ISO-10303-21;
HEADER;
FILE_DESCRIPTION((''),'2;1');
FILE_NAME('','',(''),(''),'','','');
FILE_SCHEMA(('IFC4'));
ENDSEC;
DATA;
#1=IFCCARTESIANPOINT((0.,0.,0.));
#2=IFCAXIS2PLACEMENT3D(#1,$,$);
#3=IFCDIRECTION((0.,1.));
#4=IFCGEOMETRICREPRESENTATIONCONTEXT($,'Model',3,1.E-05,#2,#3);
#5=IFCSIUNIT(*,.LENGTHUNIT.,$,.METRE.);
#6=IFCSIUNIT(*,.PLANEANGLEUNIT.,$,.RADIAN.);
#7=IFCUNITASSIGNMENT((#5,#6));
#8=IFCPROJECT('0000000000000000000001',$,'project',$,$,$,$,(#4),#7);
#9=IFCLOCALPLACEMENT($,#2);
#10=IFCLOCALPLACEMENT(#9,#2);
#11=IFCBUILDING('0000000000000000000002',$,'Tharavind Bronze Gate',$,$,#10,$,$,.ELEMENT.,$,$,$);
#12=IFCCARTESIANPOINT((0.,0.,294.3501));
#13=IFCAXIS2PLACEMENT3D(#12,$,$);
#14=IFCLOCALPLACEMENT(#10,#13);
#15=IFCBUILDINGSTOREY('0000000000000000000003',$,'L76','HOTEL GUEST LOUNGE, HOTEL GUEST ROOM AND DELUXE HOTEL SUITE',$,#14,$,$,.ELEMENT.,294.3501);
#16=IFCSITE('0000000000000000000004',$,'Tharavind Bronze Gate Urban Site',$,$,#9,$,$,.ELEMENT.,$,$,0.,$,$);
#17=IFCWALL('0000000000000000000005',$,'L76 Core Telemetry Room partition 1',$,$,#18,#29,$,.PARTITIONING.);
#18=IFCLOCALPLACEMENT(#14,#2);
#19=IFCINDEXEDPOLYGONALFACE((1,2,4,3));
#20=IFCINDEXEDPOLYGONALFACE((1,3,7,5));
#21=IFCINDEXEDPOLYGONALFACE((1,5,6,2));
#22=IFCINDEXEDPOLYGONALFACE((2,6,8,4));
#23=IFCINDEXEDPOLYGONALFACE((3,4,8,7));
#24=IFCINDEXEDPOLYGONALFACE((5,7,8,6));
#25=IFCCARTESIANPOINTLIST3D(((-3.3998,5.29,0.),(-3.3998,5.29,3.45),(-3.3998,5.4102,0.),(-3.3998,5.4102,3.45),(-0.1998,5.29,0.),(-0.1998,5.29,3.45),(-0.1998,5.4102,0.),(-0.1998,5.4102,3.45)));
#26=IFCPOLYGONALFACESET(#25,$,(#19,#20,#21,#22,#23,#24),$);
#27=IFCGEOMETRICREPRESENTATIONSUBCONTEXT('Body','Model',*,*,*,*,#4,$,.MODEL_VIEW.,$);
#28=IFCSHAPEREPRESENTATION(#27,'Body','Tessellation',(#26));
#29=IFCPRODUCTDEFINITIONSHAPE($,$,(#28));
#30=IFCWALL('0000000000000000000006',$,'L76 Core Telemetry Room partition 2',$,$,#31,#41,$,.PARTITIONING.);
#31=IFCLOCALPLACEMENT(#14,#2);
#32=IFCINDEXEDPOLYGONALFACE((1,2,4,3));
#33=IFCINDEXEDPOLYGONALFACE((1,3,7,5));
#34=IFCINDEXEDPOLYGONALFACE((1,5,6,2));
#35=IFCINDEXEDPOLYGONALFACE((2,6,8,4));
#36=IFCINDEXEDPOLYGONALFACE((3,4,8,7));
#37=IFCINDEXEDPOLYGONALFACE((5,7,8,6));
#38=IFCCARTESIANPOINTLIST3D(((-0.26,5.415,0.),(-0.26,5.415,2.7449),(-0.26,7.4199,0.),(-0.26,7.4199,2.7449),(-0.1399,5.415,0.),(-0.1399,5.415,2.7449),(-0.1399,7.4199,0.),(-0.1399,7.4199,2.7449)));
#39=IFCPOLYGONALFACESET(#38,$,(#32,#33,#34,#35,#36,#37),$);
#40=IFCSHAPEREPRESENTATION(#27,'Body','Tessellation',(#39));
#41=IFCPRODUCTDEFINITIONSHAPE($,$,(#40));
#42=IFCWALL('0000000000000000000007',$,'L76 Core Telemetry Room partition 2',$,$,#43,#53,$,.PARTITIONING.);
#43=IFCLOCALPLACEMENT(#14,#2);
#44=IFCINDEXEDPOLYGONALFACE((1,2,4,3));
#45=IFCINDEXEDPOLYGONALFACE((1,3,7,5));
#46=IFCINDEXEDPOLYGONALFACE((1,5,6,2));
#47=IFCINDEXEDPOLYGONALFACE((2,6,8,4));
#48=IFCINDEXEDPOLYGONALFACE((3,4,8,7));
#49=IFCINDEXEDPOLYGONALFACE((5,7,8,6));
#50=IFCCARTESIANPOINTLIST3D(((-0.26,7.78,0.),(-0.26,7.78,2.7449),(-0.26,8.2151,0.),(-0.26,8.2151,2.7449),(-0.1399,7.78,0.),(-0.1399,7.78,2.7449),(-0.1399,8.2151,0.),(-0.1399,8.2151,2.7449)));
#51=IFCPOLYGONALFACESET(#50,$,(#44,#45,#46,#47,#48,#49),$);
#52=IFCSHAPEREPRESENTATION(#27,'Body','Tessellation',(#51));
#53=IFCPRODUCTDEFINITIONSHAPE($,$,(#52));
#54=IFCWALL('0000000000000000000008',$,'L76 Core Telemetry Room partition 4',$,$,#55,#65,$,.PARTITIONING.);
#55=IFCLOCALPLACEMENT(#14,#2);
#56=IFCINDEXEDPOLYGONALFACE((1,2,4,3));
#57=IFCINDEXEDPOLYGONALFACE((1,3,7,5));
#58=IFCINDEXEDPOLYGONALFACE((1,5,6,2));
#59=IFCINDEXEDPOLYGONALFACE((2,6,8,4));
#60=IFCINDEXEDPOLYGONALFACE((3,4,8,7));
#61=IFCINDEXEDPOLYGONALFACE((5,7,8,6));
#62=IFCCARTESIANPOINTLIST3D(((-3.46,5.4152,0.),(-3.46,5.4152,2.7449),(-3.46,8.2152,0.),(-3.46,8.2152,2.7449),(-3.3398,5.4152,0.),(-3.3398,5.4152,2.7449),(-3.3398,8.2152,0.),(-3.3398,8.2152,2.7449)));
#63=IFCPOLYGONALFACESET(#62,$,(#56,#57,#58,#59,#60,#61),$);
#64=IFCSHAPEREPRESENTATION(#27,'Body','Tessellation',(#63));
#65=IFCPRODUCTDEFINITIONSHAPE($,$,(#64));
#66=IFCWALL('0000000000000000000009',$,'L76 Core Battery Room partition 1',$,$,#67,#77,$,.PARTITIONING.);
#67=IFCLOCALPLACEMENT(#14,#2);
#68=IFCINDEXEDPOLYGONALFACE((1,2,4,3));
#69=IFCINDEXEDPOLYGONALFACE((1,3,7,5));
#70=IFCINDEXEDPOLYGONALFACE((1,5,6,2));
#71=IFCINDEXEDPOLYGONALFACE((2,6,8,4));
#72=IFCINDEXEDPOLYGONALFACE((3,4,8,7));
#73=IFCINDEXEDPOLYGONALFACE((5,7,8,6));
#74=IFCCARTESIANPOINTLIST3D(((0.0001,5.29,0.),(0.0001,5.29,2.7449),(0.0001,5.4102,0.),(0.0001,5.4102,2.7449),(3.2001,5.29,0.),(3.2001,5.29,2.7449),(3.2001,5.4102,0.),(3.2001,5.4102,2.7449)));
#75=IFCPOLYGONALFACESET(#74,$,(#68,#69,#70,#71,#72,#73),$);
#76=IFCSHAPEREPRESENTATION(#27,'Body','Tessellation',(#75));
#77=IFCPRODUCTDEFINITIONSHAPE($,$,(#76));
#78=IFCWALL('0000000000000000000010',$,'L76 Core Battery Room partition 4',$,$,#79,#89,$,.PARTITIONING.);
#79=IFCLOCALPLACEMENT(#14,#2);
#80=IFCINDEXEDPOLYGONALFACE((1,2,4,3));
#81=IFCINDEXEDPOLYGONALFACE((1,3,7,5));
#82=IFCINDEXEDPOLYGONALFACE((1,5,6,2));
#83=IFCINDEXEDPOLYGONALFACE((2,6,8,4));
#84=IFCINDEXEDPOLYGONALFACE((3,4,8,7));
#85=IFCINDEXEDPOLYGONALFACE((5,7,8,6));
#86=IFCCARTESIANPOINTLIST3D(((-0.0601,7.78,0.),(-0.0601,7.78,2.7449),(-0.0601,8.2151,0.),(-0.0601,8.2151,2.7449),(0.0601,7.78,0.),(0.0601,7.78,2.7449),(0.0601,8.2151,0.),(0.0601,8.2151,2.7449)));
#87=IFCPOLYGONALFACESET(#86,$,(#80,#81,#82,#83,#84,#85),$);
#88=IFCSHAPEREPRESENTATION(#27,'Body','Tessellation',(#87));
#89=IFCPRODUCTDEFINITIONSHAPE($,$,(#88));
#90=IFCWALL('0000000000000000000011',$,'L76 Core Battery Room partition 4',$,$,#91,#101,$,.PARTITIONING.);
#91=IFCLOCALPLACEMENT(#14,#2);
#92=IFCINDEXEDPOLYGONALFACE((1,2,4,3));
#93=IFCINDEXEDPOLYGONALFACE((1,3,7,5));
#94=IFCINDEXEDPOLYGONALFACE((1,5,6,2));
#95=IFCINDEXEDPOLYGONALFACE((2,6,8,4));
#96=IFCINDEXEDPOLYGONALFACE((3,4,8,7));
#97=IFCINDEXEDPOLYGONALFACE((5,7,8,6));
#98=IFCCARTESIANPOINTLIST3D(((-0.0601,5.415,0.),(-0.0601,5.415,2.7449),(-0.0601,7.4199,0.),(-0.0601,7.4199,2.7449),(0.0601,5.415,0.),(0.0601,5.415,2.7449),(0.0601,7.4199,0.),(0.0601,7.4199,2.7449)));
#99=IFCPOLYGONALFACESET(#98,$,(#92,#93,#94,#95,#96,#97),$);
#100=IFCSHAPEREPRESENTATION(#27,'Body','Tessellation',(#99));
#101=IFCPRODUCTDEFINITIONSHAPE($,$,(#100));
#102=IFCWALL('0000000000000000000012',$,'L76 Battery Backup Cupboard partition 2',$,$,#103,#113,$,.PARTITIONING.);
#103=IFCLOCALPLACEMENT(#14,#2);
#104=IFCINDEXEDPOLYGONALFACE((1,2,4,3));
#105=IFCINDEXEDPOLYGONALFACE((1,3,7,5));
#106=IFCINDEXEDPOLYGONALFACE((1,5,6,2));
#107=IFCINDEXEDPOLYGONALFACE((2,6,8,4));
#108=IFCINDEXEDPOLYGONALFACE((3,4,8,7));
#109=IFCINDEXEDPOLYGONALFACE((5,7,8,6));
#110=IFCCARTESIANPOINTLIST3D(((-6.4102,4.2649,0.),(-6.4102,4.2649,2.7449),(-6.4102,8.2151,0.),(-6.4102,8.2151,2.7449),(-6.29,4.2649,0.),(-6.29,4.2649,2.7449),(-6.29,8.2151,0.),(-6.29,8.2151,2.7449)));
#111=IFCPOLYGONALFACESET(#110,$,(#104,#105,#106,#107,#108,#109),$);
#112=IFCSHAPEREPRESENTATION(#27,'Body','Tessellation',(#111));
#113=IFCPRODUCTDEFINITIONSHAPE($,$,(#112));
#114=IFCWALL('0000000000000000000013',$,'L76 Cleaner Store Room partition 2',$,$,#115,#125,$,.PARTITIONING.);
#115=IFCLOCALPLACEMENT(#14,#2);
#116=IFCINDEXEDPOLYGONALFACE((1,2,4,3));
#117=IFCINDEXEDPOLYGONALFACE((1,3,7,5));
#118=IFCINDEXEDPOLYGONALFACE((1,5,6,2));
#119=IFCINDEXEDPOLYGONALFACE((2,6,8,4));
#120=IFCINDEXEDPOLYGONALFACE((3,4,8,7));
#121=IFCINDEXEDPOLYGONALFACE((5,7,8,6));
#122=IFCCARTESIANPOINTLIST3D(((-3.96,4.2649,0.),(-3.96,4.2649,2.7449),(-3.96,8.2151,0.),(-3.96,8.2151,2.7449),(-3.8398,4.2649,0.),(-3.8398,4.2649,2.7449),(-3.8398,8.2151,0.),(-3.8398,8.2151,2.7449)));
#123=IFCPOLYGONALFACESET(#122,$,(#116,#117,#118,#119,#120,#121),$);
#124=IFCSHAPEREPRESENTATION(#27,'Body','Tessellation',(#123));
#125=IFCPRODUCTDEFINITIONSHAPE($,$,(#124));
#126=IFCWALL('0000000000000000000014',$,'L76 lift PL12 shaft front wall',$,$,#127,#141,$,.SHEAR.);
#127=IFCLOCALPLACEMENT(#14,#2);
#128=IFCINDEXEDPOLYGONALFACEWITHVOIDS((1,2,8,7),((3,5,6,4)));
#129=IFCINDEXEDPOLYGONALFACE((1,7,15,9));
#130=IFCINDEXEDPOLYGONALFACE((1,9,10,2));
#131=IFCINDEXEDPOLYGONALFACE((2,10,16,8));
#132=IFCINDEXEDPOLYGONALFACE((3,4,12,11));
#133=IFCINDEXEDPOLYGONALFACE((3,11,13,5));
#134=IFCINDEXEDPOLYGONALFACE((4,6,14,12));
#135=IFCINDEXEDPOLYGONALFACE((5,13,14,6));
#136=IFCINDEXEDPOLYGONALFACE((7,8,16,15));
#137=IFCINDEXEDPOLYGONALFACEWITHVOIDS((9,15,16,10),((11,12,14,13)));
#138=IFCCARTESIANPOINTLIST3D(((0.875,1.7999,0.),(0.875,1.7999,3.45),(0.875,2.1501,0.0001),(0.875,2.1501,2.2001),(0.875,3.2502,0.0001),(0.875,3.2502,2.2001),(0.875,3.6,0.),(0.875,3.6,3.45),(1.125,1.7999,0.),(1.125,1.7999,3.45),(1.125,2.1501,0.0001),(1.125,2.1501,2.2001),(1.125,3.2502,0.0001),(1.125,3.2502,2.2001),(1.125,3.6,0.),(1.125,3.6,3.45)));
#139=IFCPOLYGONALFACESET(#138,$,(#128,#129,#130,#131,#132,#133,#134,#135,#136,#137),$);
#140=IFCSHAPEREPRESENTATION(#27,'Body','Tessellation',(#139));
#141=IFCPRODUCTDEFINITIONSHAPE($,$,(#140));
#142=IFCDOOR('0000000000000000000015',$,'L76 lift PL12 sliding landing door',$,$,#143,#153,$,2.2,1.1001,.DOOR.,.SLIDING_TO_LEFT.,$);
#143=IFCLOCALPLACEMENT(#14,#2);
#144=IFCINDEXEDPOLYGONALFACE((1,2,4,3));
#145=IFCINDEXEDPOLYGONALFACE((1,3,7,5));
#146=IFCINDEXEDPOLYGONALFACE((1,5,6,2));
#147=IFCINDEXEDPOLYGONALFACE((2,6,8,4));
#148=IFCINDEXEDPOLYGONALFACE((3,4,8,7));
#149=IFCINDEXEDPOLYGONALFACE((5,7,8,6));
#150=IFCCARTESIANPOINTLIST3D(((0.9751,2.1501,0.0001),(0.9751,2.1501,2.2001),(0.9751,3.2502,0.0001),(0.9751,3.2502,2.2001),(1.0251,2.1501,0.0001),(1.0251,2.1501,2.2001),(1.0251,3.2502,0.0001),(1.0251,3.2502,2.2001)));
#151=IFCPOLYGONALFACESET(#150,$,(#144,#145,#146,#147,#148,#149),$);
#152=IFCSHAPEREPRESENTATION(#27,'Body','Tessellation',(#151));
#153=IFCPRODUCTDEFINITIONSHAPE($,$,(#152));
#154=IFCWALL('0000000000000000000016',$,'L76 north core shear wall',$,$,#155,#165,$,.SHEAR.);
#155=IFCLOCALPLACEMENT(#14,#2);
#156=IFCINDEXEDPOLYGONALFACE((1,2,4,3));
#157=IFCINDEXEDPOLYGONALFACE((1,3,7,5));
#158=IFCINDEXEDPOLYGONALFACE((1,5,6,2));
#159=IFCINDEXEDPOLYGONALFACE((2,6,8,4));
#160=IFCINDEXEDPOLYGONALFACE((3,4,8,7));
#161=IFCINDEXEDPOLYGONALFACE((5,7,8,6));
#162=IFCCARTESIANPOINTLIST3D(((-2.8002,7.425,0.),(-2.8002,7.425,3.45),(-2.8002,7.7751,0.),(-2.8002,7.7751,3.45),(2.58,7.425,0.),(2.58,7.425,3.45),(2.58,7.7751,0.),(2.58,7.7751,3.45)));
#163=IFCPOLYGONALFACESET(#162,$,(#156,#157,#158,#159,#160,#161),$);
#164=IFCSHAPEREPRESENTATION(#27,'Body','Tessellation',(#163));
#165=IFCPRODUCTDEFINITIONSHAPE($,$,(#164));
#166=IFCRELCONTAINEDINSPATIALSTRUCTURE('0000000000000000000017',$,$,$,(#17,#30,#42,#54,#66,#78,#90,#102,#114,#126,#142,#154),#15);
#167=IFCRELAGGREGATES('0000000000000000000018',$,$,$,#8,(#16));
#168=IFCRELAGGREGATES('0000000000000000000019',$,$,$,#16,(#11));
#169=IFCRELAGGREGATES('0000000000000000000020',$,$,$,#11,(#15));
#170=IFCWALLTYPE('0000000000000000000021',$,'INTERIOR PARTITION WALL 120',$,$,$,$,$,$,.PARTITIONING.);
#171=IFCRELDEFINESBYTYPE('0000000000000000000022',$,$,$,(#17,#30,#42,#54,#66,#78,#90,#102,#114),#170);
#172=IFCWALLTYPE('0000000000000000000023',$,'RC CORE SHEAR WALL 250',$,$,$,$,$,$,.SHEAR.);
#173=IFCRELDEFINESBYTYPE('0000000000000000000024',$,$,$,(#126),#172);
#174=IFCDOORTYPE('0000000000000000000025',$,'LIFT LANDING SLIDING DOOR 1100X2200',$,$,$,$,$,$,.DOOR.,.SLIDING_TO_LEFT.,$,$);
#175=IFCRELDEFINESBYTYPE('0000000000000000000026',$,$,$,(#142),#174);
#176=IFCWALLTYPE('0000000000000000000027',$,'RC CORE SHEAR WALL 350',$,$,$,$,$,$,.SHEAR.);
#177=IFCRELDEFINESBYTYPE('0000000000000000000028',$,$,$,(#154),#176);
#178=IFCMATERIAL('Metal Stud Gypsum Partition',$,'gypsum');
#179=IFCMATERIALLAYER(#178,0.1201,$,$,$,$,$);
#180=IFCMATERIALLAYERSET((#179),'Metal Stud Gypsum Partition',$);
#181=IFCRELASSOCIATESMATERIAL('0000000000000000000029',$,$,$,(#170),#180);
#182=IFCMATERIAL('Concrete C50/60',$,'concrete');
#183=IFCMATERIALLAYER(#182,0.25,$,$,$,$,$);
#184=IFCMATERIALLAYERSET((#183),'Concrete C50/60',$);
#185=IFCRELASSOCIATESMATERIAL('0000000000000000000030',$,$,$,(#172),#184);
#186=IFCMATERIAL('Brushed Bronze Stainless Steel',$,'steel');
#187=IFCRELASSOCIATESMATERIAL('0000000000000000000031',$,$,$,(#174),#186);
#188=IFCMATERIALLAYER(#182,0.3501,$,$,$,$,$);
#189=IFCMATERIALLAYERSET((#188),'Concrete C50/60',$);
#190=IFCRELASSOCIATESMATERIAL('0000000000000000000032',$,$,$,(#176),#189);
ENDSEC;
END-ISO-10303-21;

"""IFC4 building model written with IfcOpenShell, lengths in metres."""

from ifc_helpers import new_model, si_unit, direction, frame, frame_2d, origin, place, context, subcontext, project, spatial, rectangle, extrude, material, layer, layer_set, type_object, element, fill, save


model = new_model("IFC4")

# Units and contexts
model_context = context("Model", 3, precision=1e-05, world=origin(), true_north=direction((0.0, 1.0)))
body_context = subcontext(model_context, "Body", "Model", "MODEL_VIEW")
ifc_project = project(units=[si_unit("LENGTHUNIT", "METRE"), si_unit("PLANEANGLEUNIT", "RADIAN")], contexts=[model_context])

# Site, building, storey
site_placement = place(None, origin())
site = spatial("IfcSite", under=ifc_project, at=site_placement, Name="Tharavind Bronze Gate Urban Site", CompositionType="ELEMENT", RefElevation=0.0)
building_placement = place(site_placement, origin())
building = spatial("IfcBuilding", under=site, at=building_placement, Name="Tharavind Bronze Gate", CompositionType="ELEMENT")
storey_placement = place(building_placement, frame((0.0, 0.0, 294.3501)))
storey = spatial("IfcBuildingStorey", under=building, at=storey_placement, Name="L76", Description="HOTEL GUEST LOUNGE, HOTEL GUEST ROOM AND DELUXE HOTEL SUITE", CompositionType="ELEMENT", Elevation=294.3501)

# Shared definitions
ifc_material_1 = material(Name="Metal Stud Gypsum Partition", Category="gypsum")
ifc_layer_1 = layer(ifc_material_1, 0.1201)
ifc_layer_set_1 = layer_set([ifc_layer_1], Name="Metal Stud Gypsum Partition")
wall_type_1 = type_object("IfcWallType", Name="INTERIOR PARTITION WALL 120", PredefinedType="PARTITIONING", material=ifc_layer_set_1)

# Walls
wall_1_placement = place(storey_placement, frame((-3.3999, 5.3501, 0.0), z_axis=(0.0, 0.0, 1.0), x_axis=(1.0, 0.0, 0.0)))
element("IfcWall", 1, at=wall_1_placement, inside=storey, type_object=wall_type_1, Name="L76 Core Telemetry Room partition 1", PredefinedType="PARTITIONING", context=body_context, shape_type="SweptSolid", body=[
    extrude(rectangle(XDim=3.2, YDim=0.1201, at=frame_2d((1.6001, 0.0))), origin(), (0.0, 0.0, 1.0), 3.45),
])
wall_2_placement = place(storey_placement, frame((-0.2, 5.415, 0.0), z_axis=(0.0, 0.0, 1.0), x_axis=(0.0, 1.0, 0.0)))
element("IfcWall", 2, at=wall_2_placement, inside=storey, type_object=wall_type_1, Name="L76 Core Telemetry Room partition 2", PredefinedType="PARTITIONING", context=body_context, shape_type="SweptSolid", body=[
    extrude(rectangle(XDim=2.0049, YDim=0.1201, at=frame_2d((1.0024, 0.0))), origin(), (0.0, 0.0, 1.0), 2.7449),
])
wall_3_placement = place(storey_placement, frame((-0.2, 7.78, 0.0), z_axis=(0.0, 0.0, 1.0), x_axis=(0.0, 1.0, 0.0)))
element("IfcWall", 3, at=wall_3_placement, inside=storey, type_object=wall_type_1, Name="L76 Core Telemetry Room partition 2", PredefinedType="PARTITIONING", context=body_context, shape_type="SweptSolid", body=[
    extrude(rectangle(XDim=0.4351, YDim=0.1201, at=frame_2d((0.2175, 0.0))), origin(), (0.0, 0.0, 1.0), 2.7449),
])
wall_4_placement = place(storey_placement, frame((-3.3999, 8.2151, 0.0), z_axis=(0.0, 0.0, 1.0), x_axis=(0.0, -1.0, 0.0)))
element("IfcWall", 4, at=wall_4_placement, inside=storey, type_object=wall_type_1, Name="L76 Core Telemetry Room partition 4", PredefinedType="PARTITIONING", context=body_context, shape_type="SweptSolid", body=[
    extrude(rectangle(XDim=2.8, YDim=0.1201, at=frame_2d((1.3999, 0.0))), origin(), (0.0, 0.0, 1.0), 2.7449),
])
wall_5_placement = place(storey_placement, frame((0.0, 5.3501, 0.0), z_axis=(0.0, 0.0, 1.0), x_axis=(1.0, 0.0, 0.0)))
element("IfcWall", 5, at=wall_5_placement, inside=storey, type_object=wall_type_1, Name="L76 Core Battery Room partition 1", PredefinedType="PARTITIONING", context=body_context, shape_type="SweptSolid", body=[
    extrude(rectangle(XDim=3.2, YDim=0.1201, at=frame_2d((1.6001, 0.0))), origin(), (0.0, 0.0, 1.0), 2.7449),
])
wall_6_placement = place(storey_placement, frame((0.0, 8.2151, 0.0), z_axis=(0.0, 0.0, 1.0), x_axis=(0.0, -1.0, 0.0)))
element("IfcWall", 6, at=wall_6_placement, inside=storey, type_object=wall_type_1, Name="L76 Core Battery Room partition 4", PredefinedType="PARTITIONING", context=body_context, shape_type="SweptSolid", body=[
    extrude(rectangle(XDim=0.4351, YDim=0.1201, at=frame_2d((0.2175, 0.0))), origin(), (0.0, 0.0, 1.0), 2.7449),
])
wall_7_placement = place(storey_placement, frame((0.0, 7.4199, 0.0), z_axis=(0.0, 0.0, 1.0), x_axis=(0.0, -1.0, 0.0)))
element("IfcWall", 7, at=wall_7_placement, inside=storey, type_object=wall_type_1, Name="L76 Core Battery Room partition 4", PredefinedType="PARTITIONING", context=body_context, shape_type="SweptSolid", body=[
    extrude(rectangle(XDim=2.0049, YDim=0.1201, at=frame_2d((1.0024, 0.0))), origin(), (0.0, 0.0, 1.0), 2.7449),
])
for number, where, z_axis, x_axis, name in (
    (8, (-6.3501, 4.2649, 0.0), (0.0, 0.0, 1.0), (0.0, 1.0, 0.0), "L76 Battery Backup Cupboard partition 2"),
    (9, (-3.8999, 4.2649, 0.0), (0.0, 0.0, 1.0), (0.0, 1.0, 0.0), "L76 Cleaner Store Room partition 2"),
):
    element("IfcWall", number, at=place(storey_placement, frame(where, z_axis=z_axis, x_axis=x_axis)), inside=storey, type_object=wall_type_1, Name=name, PredefinedType="PARTITIONING", context=body_context, shape_type="SweptSolid", body=[
        extrude(rectangle(XDim=3.9502, YDim=0.1201, at=frame_2d((1.9751, 0.0))), origin(), (0.0, 0.0, 1.0), 2.7449),
    ])

# Wall, opening, door
ifc_material_2 = material(Name="Concrete C50/60", Category="concrete")
ifc_layer_2 = layer(ifc_material_2, 0.25)
ifc_layer_set_2 = layer_set([ifc_layer_2], Name="Concrete C50/60")
wall_type_2 = type_object("IfcWallType", Name="RC CORE SHEAR WALL 250", PredefinedType="SHEAR", material=ifc_layer_set_2)
wall_8_placement = place(storey_placement, frame((1.0, 1.8, 0.0), z_axis=(0.0, 0.0, 1.0), x_axis=(0.0, 1.0, 0.0)))
wall_8 = element("IfcWall", 10, at=wall_8_placement, inside=storey, type_object=wall_type_2, Name="L76 lift PL12 shaft front wall", PredefinedType="SHEAR", context=body_context, shape_type="SweptSolid", body=[
    extrude(rectangle(XDim=1.8, YDim=0.25, at=frame_2d((0.8999, 0.0))), origin(), (0.0, 0.0, 1.0), 3.45),
])
opening_1_placement = place(wall_8_placement, frame((0.3501, 0.0, 0.0)))
opening_1 = element("IfcOpeningElement", 11, at=opening_1_placement, cuts=wall_8, PredefinedType="OPENING", context=body_context, shape_type="SweptSolid", body=[
    extrude(rectangle(XDim=1.1001, YDim=2.2, at=frame_2d((0.55, 1.1001))), frame((0.0, 0.135, 0.0), z_axis=(0.0, -1.0, 0.0), x_axis=(1.0, 0.0, 0.0)), (0.0, 0.0, 1.0), 0.27),
])
ifc_material_3 = material(Name="Brushed Bronze Stainless Steel", Category="steel")
door_type_1 = type_object("IfcDoorType", Name="LIFT LANDING SLIDING DOOR 1100X2200", OperationType="SLIDING_TO_LEFT", PredefinedType="DOOR", material=ifc_material_3)
door_1_placement = place(opening_1_placement, origin())
door_1 = element("IfcDoor", 12, at=door_1_placement, inside=storey, type_object=door_type_1, Name="L76 lift PL12 sliding landing door", OperationType="SLIDING_TO_LEFT", OverallHeight=2.2, OverallWidth=1.1001, PredefinedType="DOOR", context=body_context, shape_type="SweptSolid", body=[
    extrude(rectangle(XDim=1.1001, YDim=2.2, at=frame_2d((0.55, 1.1001))), frame((0.0, 0.0249, 0.0), z_axis=(0.0, -1.0, 0.0), x_axis=(1.0, 0.0, 0.0)), (0.0, 0.0, 1.0), 0.05),
])
fill(opening_1, door_1)

# Wall
ifc_layer_3 = layer(ifc_material_2, 0.3501)
ifc_layer_set_3 = layer_set([ifc_layer_3], Name="Concrete C50/60")
wall_type_3 = type_object("IfcWallType", Name="RC CORE SHEAR WALL 350", PredefinedType="SHEAR", material=ifc_layer_set_3)
wall_9_placement = place(storey_placement, frame((-2.8, 7.6001, 0.0), z_axis=(0.0, 0.0, 1.0), x_axis=(1.0, 0.0, 0.0)))
element("IfcWall", 13, at=wall_9_placement, inside=storey, type_object=wall_type_3, Name="L76 north core shear wall", PredefinedType="SHEAR", context=body_context, shape_type="SweptSolid", body=[
    extrude(rectangle(XDim=5.3801, YDim=0.3501, at=frame_2d((2.6899, 0.0))), origin(), (0.0, 0.0, 1.0), 3.45),
])

save(model, "model.ifc")
